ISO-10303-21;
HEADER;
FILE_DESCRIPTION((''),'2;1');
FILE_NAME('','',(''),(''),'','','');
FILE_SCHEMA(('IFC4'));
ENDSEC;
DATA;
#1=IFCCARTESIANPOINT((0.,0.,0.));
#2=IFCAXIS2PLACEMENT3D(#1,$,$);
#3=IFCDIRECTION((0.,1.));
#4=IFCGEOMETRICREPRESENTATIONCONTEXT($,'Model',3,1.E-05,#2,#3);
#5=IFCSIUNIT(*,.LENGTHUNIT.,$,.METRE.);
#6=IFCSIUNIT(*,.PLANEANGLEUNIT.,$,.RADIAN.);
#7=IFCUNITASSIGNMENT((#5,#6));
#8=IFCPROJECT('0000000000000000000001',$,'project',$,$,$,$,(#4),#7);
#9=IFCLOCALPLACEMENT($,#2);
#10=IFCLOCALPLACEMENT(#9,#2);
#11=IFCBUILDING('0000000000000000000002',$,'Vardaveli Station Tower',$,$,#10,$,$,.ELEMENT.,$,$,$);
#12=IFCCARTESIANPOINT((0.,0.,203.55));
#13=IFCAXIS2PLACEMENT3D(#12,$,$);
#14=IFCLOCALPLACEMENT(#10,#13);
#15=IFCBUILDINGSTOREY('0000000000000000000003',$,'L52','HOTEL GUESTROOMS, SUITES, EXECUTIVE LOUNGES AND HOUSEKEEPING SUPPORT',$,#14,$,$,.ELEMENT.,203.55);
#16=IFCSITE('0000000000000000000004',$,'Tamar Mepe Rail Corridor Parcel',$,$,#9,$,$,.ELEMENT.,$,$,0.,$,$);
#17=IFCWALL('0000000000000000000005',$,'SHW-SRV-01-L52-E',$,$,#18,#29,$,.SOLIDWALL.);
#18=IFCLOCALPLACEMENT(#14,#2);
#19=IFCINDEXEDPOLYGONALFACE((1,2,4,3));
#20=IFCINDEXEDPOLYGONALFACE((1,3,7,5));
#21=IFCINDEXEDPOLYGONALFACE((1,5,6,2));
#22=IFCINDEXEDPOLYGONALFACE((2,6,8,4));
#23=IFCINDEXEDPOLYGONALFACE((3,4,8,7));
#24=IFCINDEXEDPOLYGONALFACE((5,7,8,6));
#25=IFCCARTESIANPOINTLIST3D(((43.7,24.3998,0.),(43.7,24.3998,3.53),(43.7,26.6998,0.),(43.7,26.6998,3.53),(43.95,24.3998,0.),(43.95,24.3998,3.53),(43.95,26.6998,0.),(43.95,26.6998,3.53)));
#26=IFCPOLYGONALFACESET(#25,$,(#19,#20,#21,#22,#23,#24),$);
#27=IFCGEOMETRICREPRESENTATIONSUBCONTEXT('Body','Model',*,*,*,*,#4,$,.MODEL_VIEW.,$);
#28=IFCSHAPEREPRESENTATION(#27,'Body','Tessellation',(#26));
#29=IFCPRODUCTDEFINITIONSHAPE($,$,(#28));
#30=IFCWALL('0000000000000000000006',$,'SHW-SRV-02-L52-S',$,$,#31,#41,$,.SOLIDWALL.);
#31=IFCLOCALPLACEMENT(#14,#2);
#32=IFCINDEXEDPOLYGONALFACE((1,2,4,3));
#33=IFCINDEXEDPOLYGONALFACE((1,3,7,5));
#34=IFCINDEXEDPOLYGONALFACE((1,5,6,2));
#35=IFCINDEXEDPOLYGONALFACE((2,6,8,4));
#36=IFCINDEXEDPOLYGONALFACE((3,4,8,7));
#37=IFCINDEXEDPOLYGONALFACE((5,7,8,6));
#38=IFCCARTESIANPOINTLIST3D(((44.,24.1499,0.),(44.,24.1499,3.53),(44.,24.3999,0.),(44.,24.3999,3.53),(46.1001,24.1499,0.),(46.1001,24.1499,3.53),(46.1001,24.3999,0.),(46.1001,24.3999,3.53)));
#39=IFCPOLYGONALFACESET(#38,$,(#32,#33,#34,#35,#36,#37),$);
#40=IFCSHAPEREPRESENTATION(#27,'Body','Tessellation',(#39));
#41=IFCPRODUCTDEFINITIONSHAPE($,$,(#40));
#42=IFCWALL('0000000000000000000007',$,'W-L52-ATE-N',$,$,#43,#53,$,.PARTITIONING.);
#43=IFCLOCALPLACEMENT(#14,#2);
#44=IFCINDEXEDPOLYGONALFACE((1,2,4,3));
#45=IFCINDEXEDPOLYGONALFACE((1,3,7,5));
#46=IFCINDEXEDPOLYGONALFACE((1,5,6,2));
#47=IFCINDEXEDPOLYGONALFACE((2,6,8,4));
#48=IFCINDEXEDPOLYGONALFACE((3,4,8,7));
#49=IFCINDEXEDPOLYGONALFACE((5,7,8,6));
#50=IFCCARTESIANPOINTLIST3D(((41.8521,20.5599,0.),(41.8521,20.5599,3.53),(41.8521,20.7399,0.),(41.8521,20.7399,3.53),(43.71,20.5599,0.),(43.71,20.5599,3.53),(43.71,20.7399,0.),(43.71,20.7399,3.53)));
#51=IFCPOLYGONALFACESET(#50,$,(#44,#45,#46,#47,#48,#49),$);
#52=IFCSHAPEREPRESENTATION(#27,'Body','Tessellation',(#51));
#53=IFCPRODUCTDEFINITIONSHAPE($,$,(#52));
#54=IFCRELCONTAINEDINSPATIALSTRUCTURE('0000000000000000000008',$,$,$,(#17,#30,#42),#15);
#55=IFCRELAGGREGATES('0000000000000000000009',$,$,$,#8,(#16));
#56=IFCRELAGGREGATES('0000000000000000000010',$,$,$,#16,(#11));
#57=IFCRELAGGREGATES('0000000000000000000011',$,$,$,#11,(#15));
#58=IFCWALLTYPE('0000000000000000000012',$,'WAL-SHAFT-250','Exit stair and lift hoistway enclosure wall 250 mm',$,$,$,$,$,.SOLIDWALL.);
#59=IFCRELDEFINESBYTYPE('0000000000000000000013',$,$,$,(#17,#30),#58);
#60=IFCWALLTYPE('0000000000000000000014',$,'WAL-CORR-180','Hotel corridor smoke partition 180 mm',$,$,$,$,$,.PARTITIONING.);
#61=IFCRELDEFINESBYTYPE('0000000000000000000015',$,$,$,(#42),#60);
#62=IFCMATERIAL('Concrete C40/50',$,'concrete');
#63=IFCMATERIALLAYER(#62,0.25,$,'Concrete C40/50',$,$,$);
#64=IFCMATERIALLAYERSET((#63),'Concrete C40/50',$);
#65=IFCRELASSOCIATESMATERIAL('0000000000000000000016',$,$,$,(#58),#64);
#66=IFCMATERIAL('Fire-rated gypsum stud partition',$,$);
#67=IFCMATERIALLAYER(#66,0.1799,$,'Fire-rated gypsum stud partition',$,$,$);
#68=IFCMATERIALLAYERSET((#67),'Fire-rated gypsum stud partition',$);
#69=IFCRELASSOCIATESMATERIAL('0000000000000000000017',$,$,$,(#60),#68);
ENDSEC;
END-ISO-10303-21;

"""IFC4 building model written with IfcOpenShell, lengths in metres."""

from ifc_helpers import new_model, si_unit, direction, frame, frame_2d, origin, place, context, subcontext, project, spatial, rectangle, extrude, source, transform, mapped, material, layer, layer_set, type_object, element, save


model = new_model("IFC4")

# Units and contexts
model_context = context("Model", 3, precision=1e-05, world=origin(), true_north=direction((0.0, 1.0)))
body_context = subcontext(model_context, "Body", "Model", "MODEL_VIEW")
ifc_project = project(units=[si_unit("LENGTHUNIT", "METRE"), si_unit("PLANEANGLEUNIT", "RADIAN")], contexts=[model_context])

# Site, building, storey
site_placement = place(None, origin())
site = spatial("IfcSite", under=ifc_project, at=site_placement, Name="Tamar Mepe Rail Corridor Parcel", CompositionType="ELEMENT", RefElevation=0.0)
building_placement = place(site_placement, origin())
building = spatial("IfcBuilding", under=site, at=building_placement, Name="Vardaveli Station Tower", CompositionType="ELEMENT")
storey_placement = place(building_placement, frame((0.0, 0.0, 203.55)))
storey = spatial("IfcBuildingStorey", under=building, at=storey_placement, Name="L52", Description="HOTEL GUESTROOMS, SUITES, EXECUTIVE LOUNGES AND HOUSEKEEPING SUPPORT", CompositionType="ELEMENT", Elevation=203.55)

# Shared definitions
ifc_material_1 = material(Name="Concrete C40/50", Category="concrete")

# Walls
ifc_layer_1 = layer(ifc_material_1, 0.25, Name="Concrete C40/50")
ifc_layer_set_1 = layer_set([ifc_layer_1], Name="Concrete C40/50")
wall_type_1 = type_object("IfcWallType", Name="WAL-SHAFT-250", Description="Exit stair and lift hoistway enclosure wall 250 mm", PredefinedType="SOLIDWALL", material=ifc_layer_set_1)
shared_shape_1 = source(origin(), body_context, "Body", "SweptSolid", [
    extrude(rectangle(XDim=2.3, YDim=0.25, at=frame_2d((1.1499, 0.0))), origin(), (0.0, 0.0, 1.0), 3.53),
])
for number, where, z_axis, x_axis, name in (
    (1, (43.825, 24.3999, 0.0), (0.0, 0.0, 1.0), (0.0, 1.0, 0.0), "SHW-SRV-01-L52-E"),
):
    element("IfcWall", number, at=place(storey_placement, frame(where, z_axis=z_axis, x_axis=x_axis)), inside=storey, type_object=wall_type_1, Name=name, PredefinedType="SOLIDWALL", context=body_context, shape_type="MappedRepresentation", body=[
        mapped(shared_shape_1, transform((0.0, 0.0, 0.0), scale=1.0)),
    ])
shared_shape_2 = source(origin(), body_context, "Body", "SweptSolid", [
    extrude(rectangle(XDim=2.1001, YDim=0.25, at=frame_2d((1.05, 0.0))), origin(), (0.0, 0.0, 1.0), 3.53),
])
wall_1_placement = place(storey_placement, frame((44.0, 24.2749, 0.0), z_axis=(0.0, 0.0, 1.0), x_axis=(1.0, 0.0, 0.0)))
element("IfcWall", 2, at=wall_1_placement, inside=storey, type_object=wall_type_1, Name="SHW-SRV-02-L52-S", PredefinedType="SOLIDWALL", context=body_context, shape_type="MappedRepresentation", body=[
    mapped(shared_shape_2, transform((0.0, 0.0, 0.0), scale=1.0)),
])
ifc_material_2 = material(Name="Fire-rated gypsum stud partition")
ifc_layer_2 = layer(ifc_material_2, 0.1799, Name="Fire-rated gypsum stud partition")
ifc_layer_set_2 = layer_set([ifc_layer_2], Name="Fire-rated gypsum stud partition")
wall_type_2 = type_object("IfcWallType", Name="WAL-CORR-180", Description="Hotel corridor smoke partition 180 mm", PredefinedType="PARTITIONING", material=ifc_layer_set_2)
shared_shape_3 = source(origin(), body_context, "Body", "SweptSolid", [
    extrude(rectangle(XDim=1.8579, YDim=0.1799, at=frame_2d((0.929, 0.0))), origin(), (0.0, 0.0, 1.0), 3.53),
])
wall_2_placement = place(storey_placement, frame((41.8521, 20.6499, 0.0), z_axis=(0.0, 0.0, 1.0), x_axis=(1.0, 0.0, 0.0)))
element("IfcWall", 3, at=wall_2_placement, inside=storey, type_object=wall_type_2, Name="W-L52-ATE-N", PredefinedType="PARTITIONING", context=body_context, shape_type="MappedRepresentation", body=[
    mapped(shared_shape_3, transform((0.0, 0.0, 0.0), scale=1.0)),
])

save(model, "model.ifc")
